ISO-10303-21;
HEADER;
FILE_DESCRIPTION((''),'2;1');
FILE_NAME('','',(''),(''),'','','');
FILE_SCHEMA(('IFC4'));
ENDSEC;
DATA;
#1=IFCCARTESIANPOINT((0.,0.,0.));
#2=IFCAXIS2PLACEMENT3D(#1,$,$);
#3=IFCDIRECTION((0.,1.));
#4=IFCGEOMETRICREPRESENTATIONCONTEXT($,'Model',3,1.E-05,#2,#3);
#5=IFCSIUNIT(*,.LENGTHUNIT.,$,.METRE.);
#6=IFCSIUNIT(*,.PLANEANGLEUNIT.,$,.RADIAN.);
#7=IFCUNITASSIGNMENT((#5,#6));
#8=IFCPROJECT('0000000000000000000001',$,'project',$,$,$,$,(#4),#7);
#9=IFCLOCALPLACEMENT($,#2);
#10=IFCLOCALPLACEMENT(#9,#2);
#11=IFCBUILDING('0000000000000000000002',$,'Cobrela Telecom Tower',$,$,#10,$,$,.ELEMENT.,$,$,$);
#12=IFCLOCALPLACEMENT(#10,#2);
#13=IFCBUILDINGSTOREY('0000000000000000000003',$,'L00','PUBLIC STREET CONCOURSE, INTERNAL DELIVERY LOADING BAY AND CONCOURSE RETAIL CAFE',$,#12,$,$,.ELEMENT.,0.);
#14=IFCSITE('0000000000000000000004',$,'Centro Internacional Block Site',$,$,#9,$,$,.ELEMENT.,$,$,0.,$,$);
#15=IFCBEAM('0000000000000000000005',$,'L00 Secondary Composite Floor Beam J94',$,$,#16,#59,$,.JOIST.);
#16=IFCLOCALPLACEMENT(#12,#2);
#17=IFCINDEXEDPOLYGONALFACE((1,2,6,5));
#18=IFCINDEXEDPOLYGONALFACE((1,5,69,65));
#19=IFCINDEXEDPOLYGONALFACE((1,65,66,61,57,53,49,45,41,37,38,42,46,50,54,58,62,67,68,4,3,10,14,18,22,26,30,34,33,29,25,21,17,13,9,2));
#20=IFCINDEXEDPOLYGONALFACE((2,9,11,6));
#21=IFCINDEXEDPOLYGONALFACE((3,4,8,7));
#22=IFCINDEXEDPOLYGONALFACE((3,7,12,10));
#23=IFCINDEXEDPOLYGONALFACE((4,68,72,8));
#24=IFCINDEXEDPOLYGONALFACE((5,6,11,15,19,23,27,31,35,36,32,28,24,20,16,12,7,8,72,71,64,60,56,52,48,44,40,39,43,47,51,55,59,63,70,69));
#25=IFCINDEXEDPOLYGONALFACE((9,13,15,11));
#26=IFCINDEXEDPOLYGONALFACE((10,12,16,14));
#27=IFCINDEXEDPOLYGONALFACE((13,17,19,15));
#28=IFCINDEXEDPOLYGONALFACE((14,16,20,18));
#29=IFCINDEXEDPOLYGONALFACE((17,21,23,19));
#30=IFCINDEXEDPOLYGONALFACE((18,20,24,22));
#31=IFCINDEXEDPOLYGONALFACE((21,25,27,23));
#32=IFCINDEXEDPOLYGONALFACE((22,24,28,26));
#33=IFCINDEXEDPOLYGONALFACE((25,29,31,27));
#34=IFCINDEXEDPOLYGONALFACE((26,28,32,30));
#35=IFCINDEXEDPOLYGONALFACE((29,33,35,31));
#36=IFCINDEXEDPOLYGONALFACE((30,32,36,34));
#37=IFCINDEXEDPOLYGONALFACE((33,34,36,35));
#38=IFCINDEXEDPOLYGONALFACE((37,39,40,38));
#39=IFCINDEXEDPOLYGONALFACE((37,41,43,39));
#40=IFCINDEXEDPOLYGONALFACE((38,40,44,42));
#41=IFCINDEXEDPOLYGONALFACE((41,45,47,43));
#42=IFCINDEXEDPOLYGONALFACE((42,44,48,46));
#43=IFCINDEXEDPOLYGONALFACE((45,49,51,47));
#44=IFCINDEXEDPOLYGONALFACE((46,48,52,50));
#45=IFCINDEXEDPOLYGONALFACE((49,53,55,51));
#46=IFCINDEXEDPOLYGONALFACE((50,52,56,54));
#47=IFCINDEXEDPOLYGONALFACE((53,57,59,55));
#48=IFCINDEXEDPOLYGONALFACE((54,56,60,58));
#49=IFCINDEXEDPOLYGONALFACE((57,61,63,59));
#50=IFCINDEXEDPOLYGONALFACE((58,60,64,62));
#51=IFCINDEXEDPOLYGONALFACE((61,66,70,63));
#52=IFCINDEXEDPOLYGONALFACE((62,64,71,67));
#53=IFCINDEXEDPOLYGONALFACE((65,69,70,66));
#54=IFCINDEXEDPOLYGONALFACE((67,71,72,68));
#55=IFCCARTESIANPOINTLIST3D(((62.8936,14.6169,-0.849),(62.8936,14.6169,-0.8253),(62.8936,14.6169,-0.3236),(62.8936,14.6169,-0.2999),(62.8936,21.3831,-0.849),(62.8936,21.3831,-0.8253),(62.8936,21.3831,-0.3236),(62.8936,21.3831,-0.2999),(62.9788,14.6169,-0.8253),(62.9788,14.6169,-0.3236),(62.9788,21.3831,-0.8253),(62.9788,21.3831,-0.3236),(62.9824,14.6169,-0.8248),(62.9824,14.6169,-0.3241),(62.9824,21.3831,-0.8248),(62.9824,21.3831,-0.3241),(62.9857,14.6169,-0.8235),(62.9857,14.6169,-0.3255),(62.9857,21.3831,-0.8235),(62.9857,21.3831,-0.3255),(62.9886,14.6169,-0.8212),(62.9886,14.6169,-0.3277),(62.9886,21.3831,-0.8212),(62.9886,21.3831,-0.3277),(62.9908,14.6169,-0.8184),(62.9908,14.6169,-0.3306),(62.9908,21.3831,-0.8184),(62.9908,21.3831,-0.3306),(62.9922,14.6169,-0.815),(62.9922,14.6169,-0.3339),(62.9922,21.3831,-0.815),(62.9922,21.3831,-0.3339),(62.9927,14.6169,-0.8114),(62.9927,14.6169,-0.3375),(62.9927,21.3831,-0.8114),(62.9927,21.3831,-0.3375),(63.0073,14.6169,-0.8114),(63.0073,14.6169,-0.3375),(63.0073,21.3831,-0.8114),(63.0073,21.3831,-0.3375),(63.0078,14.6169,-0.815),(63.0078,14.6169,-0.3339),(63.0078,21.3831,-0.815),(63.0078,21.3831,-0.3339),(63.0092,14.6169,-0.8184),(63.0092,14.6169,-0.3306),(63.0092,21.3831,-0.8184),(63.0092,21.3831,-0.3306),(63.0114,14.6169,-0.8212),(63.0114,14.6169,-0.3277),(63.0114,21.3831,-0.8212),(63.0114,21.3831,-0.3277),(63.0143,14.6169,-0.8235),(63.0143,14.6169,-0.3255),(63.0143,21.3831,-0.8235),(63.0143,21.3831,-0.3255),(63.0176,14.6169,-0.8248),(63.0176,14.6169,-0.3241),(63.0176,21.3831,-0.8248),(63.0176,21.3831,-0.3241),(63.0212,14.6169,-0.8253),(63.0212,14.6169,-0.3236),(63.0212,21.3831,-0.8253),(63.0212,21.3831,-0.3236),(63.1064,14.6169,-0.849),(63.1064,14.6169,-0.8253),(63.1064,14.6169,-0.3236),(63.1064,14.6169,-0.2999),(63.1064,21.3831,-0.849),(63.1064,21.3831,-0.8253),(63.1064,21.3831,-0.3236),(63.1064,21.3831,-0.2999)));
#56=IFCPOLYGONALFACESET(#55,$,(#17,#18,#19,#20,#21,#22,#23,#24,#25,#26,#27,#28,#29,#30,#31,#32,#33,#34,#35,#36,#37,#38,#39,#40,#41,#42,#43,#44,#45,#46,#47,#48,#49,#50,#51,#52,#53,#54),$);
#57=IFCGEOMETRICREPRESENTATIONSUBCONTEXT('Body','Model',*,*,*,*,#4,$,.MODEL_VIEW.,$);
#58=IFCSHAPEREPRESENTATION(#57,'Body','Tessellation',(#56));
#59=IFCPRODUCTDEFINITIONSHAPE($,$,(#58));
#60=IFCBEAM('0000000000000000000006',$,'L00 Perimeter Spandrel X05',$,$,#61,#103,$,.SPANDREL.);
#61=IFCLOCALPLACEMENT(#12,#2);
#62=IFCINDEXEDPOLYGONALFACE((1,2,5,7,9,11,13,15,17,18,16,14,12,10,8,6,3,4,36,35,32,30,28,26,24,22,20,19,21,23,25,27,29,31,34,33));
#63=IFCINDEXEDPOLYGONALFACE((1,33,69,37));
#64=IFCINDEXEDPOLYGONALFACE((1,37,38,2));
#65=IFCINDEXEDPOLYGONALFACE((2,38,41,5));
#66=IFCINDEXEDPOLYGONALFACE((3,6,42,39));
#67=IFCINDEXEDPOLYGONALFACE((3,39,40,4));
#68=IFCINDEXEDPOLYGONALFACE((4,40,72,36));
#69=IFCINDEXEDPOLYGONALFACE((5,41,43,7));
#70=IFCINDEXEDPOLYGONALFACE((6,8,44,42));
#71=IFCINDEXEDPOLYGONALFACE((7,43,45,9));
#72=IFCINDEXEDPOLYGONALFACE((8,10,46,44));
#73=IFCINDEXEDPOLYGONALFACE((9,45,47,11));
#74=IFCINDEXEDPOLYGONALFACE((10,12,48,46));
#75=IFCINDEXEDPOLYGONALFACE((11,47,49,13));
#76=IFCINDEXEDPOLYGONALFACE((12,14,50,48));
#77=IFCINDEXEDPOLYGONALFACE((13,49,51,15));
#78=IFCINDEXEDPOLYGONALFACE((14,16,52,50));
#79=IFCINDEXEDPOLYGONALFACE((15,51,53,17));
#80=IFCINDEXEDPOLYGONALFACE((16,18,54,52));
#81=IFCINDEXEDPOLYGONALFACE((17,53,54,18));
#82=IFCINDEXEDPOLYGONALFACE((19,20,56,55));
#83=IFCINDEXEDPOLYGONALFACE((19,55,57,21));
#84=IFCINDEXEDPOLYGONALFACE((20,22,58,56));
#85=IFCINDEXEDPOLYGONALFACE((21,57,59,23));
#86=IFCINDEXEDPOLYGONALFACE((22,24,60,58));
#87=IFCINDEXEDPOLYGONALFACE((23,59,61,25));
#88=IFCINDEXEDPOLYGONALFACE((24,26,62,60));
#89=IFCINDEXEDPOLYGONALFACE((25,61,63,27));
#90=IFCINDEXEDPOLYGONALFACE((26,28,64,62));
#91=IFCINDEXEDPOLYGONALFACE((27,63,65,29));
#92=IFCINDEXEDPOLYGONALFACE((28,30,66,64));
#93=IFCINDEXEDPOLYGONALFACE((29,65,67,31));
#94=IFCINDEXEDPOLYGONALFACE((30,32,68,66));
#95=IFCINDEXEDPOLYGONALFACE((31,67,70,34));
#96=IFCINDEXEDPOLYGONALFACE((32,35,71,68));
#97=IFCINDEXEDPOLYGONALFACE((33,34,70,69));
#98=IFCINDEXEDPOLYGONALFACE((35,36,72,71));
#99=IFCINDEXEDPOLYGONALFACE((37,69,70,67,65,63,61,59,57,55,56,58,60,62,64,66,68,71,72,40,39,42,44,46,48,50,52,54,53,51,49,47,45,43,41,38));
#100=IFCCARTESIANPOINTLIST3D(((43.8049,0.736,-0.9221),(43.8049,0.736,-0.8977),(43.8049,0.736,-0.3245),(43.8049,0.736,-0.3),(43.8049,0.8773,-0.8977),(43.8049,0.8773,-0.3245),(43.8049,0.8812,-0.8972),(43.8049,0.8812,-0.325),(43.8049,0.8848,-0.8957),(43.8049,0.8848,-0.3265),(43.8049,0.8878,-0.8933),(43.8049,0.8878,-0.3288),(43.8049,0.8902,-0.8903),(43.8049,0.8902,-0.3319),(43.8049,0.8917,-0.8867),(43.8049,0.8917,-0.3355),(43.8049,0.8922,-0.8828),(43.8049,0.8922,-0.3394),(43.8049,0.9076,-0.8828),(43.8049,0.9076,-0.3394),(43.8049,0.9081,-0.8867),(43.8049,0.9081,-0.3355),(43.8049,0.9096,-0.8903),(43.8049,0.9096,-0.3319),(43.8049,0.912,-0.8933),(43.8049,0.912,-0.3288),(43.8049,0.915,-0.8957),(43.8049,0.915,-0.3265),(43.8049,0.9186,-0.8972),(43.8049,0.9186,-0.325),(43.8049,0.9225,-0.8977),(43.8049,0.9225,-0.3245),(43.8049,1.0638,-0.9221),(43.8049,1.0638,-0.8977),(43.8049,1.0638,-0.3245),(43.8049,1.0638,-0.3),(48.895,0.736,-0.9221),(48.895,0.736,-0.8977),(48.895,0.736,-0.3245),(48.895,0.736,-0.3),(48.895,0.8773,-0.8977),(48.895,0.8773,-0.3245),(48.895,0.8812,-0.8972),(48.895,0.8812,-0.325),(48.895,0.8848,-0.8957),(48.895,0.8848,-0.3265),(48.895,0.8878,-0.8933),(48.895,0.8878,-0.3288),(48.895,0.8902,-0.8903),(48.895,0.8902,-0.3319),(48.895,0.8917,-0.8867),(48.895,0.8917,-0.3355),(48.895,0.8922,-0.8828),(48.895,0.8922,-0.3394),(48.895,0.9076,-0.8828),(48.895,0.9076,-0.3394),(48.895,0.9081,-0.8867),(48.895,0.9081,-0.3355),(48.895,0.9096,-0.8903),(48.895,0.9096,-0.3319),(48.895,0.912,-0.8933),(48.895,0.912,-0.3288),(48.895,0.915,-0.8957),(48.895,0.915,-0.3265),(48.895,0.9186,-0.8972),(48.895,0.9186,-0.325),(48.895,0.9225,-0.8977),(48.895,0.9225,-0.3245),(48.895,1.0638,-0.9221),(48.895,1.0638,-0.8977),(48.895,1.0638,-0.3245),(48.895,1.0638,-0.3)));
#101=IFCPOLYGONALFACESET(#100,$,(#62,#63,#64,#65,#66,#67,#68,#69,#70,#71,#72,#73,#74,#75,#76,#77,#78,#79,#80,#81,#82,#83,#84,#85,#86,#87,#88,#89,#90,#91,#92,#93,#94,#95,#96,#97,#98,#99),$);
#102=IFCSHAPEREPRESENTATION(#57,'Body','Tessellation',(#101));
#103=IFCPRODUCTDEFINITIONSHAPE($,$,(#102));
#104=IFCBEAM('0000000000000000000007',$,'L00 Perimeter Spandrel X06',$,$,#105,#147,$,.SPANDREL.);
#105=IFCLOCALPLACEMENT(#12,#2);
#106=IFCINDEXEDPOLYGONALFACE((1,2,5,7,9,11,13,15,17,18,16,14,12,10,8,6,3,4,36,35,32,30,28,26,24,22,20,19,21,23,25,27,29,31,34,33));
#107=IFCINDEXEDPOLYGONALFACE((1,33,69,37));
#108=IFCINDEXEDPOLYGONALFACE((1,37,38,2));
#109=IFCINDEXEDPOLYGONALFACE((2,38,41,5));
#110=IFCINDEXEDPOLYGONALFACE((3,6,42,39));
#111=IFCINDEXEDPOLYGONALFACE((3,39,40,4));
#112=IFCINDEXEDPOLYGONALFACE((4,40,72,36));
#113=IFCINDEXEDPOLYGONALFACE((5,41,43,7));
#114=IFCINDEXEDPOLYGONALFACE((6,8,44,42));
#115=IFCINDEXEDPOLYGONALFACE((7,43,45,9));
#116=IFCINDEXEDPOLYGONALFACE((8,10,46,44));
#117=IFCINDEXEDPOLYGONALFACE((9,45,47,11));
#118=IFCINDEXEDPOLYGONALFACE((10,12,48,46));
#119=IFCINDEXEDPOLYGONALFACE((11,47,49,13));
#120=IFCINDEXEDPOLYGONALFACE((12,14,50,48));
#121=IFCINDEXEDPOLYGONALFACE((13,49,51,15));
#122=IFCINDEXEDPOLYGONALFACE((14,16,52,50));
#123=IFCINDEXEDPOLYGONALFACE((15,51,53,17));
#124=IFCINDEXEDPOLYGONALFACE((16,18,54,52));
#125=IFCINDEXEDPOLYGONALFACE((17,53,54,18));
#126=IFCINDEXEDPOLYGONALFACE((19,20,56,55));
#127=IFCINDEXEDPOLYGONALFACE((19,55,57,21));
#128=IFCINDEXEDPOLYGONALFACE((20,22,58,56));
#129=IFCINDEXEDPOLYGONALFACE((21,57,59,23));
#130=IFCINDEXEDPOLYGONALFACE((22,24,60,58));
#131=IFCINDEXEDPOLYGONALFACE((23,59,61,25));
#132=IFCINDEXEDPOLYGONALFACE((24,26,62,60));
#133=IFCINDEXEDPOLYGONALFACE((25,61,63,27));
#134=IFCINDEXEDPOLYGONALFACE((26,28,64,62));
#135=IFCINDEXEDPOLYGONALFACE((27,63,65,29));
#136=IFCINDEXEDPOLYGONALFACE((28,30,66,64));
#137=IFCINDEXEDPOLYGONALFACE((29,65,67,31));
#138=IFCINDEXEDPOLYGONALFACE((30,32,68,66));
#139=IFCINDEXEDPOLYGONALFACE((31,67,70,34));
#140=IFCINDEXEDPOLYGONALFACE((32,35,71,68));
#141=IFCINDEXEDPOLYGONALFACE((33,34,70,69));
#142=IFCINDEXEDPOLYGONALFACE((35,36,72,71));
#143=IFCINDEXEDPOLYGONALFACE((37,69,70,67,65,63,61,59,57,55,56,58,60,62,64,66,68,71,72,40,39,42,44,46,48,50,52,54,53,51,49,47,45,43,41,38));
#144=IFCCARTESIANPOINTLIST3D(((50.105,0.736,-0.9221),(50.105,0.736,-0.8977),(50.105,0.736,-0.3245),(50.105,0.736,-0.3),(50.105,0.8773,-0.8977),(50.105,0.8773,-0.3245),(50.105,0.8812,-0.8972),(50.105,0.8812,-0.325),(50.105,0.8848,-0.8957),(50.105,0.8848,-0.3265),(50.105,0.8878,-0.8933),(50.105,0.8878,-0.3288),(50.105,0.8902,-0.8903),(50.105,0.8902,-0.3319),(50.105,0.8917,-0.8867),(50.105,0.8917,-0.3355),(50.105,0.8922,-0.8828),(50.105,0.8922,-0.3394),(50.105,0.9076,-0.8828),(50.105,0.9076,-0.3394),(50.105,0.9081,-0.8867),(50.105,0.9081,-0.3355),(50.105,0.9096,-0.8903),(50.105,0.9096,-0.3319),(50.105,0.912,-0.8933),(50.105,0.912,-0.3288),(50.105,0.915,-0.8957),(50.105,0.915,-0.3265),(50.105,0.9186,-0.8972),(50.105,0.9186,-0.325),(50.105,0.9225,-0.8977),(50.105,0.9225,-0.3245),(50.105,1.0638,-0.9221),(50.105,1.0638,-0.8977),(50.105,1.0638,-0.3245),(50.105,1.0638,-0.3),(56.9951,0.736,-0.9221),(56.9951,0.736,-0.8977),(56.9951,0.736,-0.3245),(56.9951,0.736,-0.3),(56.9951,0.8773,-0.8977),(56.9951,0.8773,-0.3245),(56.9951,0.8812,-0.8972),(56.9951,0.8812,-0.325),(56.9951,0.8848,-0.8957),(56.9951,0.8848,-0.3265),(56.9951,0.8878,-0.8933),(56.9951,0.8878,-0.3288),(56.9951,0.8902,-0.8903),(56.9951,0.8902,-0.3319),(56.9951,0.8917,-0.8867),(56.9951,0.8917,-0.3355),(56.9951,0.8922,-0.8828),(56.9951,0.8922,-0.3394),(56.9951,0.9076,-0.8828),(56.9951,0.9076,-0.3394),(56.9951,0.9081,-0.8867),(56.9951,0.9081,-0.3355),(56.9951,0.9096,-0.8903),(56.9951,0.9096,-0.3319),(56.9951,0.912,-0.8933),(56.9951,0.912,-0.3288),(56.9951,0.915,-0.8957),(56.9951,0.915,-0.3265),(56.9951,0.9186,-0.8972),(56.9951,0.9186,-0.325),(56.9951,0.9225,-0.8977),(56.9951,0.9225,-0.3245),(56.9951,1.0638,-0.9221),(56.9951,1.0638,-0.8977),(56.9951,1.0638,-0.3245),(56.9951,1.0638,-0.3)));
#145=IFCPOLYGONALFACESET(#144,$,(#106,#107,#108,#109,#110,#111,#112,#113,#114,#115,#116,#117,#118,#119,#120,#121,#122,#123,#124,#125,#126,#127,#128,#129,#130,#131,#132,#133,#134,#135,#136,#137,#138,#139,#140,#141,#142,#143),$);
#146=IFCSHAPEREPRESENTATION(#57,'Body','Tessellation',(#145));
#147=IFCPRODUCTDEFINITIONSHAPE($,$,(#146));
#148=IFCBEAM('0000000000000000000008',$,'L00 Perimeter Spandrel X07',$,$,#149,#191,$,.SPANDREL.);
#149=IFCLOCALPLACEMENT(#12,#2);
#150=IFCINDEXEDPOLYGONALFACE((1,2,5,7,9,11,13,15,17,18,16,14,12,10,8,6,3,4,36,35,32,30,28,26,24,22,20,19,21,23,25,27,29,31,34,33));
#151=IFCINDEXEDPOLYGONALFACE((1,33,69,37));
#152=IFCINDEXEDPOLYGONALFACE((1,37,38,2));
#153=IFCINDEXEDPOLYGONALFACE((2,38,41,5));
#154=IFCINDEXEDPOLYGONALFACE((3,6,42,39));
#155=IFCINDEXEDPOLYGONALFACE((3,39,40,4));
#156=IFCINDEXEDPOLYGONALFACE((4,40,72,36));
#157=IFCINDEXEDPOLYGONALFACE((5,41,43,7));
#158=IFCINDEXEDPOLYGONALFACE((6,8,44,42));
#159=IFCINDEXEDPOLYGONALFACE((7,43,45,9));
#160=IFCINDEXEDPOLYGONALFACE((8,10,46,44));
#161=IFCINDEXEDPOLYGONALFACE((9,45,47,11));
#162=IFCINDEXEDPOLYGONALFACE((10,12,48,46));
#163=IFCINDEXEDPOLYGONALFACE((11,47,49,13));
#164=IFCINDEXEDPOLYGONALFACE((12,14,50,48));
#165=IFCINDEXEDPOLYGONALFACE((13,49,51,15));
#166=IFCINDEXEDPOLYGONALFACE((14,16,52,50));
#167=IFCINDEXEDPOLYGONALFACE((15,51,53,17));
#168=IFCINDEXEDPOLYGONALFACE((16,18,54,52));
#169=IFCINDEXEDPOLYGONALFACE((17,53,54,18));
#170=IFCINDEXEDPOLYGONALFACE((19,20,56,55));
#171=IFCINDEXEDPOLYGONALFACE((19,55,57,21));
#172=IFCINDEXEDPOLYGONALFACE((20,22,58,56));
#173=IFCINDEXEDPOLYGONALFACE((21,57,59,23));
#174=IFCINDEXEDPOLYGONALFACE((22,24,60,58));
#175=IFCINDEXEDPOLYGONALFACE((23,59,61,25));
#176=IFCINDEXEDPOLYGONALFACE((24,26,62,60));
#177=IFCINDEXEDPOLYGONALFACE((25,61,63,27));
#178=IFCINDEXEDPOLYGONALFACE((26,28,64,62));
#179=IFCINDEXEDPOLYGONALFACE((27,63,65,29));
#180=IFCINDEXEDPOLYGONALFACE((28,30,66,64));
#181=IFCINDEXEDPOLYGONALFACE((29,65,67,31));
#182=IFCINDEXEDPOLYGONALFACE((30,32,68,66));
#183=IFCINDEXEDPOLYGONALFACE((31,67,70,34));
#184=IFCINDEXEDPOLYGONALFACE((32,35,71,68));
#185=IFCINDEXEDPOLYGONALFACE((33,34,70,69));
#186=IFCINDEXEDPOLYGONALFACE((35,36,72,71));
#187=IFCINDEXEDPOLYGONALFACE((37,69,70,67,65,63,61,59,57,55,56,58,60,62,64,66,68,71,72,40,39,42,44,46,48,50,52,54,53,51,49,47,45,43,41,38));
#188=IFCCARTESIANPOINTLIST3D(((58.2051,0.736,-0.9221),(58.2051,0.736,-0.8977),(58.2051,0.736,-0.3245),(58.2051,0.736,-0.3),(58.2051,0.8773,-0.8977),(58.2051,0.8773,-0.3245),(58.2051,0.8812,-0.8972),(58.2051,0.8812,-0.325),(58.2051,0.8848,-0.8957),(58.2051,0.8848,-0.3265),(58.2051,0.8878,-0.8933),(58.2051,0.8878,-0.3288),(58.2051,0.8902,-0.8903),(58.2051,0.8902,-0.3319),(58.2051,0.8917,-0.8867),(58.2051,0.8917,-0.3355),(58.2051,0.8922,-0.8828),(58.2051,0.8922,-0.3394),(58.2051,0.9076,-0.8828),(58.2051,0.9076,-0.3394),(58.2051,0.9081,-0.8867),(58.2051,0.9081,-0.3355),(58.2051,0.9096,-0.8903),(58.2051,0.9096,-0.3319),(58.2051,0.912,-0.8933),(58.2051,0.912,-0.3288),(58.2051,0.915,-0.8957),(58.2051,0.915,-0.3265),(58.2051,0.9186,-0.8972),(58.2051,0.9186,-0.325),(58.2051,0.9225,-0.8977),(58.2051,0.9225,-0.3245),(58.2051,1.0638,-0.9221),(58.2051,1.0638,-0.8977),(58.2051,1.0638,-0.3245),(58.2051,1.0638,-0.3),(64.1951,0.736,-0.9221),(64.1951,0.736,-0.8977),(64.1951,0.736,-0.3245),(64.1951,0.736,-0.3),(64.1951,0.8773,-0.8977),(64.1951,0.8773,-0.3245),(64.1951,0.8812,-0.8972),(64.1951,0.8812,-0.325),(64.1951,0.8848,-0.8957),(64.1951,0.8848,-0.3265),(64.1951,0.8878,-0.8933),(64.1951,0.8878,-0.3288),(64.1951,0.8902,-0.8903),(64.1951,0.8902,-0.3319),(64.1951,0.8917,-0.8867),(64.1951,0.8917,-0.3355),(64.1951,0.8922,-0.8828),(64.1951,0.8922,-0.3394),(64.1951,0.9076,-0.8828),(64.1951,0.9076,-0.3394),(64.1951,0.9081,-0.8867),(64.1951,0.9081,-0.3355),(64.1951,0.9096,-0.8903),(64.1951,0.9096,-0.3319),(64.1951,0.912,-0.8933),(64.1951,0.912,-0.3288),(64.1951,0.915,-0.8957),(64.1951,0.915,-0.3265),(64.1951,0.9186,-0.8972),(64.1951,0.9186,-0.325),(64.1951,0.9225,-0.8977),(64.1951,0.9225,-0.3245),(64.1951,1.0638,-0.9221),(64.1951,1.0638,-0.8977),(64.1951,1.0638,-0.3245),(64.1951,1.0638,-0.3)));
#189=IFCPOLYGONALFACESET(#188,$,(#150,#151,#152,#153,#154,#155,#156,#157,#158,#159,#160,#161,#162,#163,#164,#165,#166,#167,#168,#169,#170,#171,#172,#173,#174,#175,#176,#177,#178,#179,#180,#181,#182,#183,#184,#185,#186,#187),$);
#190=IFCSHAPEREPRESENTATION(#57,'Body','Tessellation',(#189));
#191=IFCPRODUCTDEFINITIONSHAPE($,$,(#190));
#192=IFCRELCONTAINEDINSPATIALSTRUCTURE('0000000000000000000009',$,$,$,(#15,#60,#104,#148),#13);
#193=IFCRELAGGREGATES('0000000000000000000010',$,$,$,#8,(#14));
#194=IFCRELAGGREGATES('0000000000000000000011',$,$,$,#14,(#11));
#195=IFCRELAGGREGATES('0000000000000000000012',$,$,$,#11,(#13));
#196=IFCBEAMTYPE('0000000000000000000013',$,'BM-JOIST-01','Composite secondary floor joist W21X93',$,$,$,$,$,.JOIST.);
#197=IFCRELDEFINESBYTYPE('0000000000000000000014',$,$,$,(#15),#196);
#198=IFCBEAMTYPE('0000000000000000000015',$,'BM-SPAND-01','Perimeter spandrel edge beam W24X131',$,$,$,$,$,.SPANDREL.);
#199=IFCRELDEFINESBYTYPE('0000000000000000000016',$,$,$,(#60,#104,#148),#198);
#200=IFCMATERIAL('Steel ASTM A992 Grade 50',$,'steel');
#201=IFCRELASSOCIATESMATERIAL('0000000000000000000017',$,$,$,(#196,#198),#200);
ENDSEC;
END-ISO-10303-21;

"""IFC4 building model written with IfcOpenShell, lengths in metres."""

from ifc_helpers import new_model, si_unit, direction, frame, origin, origin_2d, place, context, subcontext, project, spatial, i_section, extrude, material, material_profile, profile_set, type_object, element, save


model = new_model("IFC4")

# Units and contexts
model_context = context("Model", 3, precision=1e-05, world=origin(), true_north=direction((0.0, 1.0)))
body_context = subcontext(model_context, "Body", "Model", "MODEL_VIEW")
ifc_project = project(units=[si_unit("LENGTHUNIT", "METRE"), si_unit("PLANEANGLEUNIT", "RADIAN")], contexts=[model_context])

# Site, building, storey
site_placement = place(None, origin())
site = spatial("IfcSite", under=ifc_project, at=site_placement, Name="Centro Internacional Block Site", CompositionType="ELEMENT", RefElevation=0.0)
building_placement = place(site_placement, origin())
building = spatial("IfcBuilding", under=site, at=building_placement, Name="Cobrela Telecom Tower", CompositionType="ELEMENT")
storey_placement = place(building_placement, origin())
storey = spatial("IfcBuildingStorey", under=building, at=storey_placement, Name="L00", Description="PUBLIC STREET CONCOURSE, INTERNAL DELIVERY LOADING BAY AND CONCOURSE RETAIL CAFE", CompositionType="ELEMENT", Elevation=0.0)

# Beams
ifc_material_1 = material(Name="Steel ASTM A992 Grade 50", Category="steel")
ifc_material_profile_1 = material_profile(ifc_material_1, i_section(OverallWidth=0.2129, OverallDepth=0.5491, WebThickness=0.0146, FlangeThickness=0.0237, FilletRadius=0.0139, at=origin_2d()), Name="W21X93")
ifc_profile_set_1 = profile_set([ifc_material_profile_1], Name="Steel ASTM A992 Grade 50")
beam_type_1 = type_object("IfcBeamType", Name="BM-JOIST-01", Description="Composite secondary floor joist W21X93", PredefinedType="JOIST", material=ifc_profile_set_1)
for number, where, z_axis, x_axis, name in (
    (1, (63.0, 14.6169, -0.5745), (0.0, 1.0, 0.0), (-1.0, 0.0, 0.0), "L00 Secondary Composite Floor Beam J94"),
):
    element("IfcBeam", number, at=place(storey_placement, frame(where, z_axis=z_axis, x_axis=x_axis)), inside=storey, type_object=beam_type_1, Name=name, PredefinedType="JOIST", context=body_context, shape_type="SweptSolid", body=[
        extrude(i_section(OverallWidth=0.2129, OverallDepth=0.5491, WebThickness=0.0146, FlangeThickness=0.0237, FilletRadius=0.0139, at=origin_2d()), origin(), (0.0, 0.0, 1.0), 6.7661),
    ])
ifc_material_profile_2 = material_profile(ifc_material_1, i_section(OverallWidth=0.3279, OverallDepth=0.6221, WebThickness=0.0154, FlangeThickness=0.0244, FilletRadius=0.0149, at=origin_2d()), Name="W24X131")
ifc_profile_set_2 = profile_set([ifc_material_profile_2], Name="Steel ASTM A992 Grade 50")
beam_type_2 = type_object("IfcBeamType", Name="BM-SPAND-01", Description="Perimeter spandrel edge beam W24X131", PredefinedType="SPANDREL", material=ifc_profile_set_2)
beam_1_placement = place(storey_placement, frame((43.8049, 0.8999, -0.6111), z_axis=(1.0, 0.0, 0.0), x_axis=(0.0, 1.0, 0.0)))
element("IfcBeam", 2, at=beam_1_placement, inside=storey, type_object=beam_type_2, Name="L00 Perimeter Spandrel X05", PredefinedType="SPANDREL", context=body_context, shape_type="SweptSolid", body=[
    extrude(i_section(OverallWidth=0.3279, OverallDepth=0.6221, WebThickness=0.0154, FlangeThickness=0.0244, FilletRadius=0.0149, at=origin_2d()), origin(), (0.0, 0.0, 1.0), 5.0901),
])
beam_2_placement = place(storey_placement, frame((50.105, 0.8999, -0.6111), z_axis=(1.0, 0.0, 0.0), x_axis=(0.0, 1.0, 0.0)))
element("IfcBeam", 3, at=beam_2_placement, inside=storey, type_object=beam_type_2, Name="L00 Perimeter Spandrel X06", PredefinedType="SPANDREL", context=body_context, shape_type="SweptSolid", body=[
    extrude(i_section(OverallWidth=0.3279, OverallDepth=0.6221, WebThickness=0.0154, FlangeThickness=0.0244, FilletRadius=0.0149, at=origin_2d()), origin(), (0.0, 0.0, 1.0), 6.8901),
])
beam_3_placement = place(storey_placement, frame((58.2051, 0.8999, -0.6111), z_axis=(1.0, 0.0, 0.0), x_axis=(0.0, 1.0, 0.0)))
element("IfcBeam", 4, at=beam_3_placement, inside=storey, type_object=beam_type_2, Name="L00 Perimeter Spandrel X07", PredefinedType="SPANDREL", context=body_context, shape_type="SweptSolid", body=[
    extrude(i_section(OverallWidth=0.3279, OverallDepth=0.6221, WebThickness=0.0154, FlangeThickness=0.0244, FilletRadius=0.0149, at=origin_2d()), origin(), (0.0, 0.0, 1.0), 5.99),
])

save(model, "model.ifc")
